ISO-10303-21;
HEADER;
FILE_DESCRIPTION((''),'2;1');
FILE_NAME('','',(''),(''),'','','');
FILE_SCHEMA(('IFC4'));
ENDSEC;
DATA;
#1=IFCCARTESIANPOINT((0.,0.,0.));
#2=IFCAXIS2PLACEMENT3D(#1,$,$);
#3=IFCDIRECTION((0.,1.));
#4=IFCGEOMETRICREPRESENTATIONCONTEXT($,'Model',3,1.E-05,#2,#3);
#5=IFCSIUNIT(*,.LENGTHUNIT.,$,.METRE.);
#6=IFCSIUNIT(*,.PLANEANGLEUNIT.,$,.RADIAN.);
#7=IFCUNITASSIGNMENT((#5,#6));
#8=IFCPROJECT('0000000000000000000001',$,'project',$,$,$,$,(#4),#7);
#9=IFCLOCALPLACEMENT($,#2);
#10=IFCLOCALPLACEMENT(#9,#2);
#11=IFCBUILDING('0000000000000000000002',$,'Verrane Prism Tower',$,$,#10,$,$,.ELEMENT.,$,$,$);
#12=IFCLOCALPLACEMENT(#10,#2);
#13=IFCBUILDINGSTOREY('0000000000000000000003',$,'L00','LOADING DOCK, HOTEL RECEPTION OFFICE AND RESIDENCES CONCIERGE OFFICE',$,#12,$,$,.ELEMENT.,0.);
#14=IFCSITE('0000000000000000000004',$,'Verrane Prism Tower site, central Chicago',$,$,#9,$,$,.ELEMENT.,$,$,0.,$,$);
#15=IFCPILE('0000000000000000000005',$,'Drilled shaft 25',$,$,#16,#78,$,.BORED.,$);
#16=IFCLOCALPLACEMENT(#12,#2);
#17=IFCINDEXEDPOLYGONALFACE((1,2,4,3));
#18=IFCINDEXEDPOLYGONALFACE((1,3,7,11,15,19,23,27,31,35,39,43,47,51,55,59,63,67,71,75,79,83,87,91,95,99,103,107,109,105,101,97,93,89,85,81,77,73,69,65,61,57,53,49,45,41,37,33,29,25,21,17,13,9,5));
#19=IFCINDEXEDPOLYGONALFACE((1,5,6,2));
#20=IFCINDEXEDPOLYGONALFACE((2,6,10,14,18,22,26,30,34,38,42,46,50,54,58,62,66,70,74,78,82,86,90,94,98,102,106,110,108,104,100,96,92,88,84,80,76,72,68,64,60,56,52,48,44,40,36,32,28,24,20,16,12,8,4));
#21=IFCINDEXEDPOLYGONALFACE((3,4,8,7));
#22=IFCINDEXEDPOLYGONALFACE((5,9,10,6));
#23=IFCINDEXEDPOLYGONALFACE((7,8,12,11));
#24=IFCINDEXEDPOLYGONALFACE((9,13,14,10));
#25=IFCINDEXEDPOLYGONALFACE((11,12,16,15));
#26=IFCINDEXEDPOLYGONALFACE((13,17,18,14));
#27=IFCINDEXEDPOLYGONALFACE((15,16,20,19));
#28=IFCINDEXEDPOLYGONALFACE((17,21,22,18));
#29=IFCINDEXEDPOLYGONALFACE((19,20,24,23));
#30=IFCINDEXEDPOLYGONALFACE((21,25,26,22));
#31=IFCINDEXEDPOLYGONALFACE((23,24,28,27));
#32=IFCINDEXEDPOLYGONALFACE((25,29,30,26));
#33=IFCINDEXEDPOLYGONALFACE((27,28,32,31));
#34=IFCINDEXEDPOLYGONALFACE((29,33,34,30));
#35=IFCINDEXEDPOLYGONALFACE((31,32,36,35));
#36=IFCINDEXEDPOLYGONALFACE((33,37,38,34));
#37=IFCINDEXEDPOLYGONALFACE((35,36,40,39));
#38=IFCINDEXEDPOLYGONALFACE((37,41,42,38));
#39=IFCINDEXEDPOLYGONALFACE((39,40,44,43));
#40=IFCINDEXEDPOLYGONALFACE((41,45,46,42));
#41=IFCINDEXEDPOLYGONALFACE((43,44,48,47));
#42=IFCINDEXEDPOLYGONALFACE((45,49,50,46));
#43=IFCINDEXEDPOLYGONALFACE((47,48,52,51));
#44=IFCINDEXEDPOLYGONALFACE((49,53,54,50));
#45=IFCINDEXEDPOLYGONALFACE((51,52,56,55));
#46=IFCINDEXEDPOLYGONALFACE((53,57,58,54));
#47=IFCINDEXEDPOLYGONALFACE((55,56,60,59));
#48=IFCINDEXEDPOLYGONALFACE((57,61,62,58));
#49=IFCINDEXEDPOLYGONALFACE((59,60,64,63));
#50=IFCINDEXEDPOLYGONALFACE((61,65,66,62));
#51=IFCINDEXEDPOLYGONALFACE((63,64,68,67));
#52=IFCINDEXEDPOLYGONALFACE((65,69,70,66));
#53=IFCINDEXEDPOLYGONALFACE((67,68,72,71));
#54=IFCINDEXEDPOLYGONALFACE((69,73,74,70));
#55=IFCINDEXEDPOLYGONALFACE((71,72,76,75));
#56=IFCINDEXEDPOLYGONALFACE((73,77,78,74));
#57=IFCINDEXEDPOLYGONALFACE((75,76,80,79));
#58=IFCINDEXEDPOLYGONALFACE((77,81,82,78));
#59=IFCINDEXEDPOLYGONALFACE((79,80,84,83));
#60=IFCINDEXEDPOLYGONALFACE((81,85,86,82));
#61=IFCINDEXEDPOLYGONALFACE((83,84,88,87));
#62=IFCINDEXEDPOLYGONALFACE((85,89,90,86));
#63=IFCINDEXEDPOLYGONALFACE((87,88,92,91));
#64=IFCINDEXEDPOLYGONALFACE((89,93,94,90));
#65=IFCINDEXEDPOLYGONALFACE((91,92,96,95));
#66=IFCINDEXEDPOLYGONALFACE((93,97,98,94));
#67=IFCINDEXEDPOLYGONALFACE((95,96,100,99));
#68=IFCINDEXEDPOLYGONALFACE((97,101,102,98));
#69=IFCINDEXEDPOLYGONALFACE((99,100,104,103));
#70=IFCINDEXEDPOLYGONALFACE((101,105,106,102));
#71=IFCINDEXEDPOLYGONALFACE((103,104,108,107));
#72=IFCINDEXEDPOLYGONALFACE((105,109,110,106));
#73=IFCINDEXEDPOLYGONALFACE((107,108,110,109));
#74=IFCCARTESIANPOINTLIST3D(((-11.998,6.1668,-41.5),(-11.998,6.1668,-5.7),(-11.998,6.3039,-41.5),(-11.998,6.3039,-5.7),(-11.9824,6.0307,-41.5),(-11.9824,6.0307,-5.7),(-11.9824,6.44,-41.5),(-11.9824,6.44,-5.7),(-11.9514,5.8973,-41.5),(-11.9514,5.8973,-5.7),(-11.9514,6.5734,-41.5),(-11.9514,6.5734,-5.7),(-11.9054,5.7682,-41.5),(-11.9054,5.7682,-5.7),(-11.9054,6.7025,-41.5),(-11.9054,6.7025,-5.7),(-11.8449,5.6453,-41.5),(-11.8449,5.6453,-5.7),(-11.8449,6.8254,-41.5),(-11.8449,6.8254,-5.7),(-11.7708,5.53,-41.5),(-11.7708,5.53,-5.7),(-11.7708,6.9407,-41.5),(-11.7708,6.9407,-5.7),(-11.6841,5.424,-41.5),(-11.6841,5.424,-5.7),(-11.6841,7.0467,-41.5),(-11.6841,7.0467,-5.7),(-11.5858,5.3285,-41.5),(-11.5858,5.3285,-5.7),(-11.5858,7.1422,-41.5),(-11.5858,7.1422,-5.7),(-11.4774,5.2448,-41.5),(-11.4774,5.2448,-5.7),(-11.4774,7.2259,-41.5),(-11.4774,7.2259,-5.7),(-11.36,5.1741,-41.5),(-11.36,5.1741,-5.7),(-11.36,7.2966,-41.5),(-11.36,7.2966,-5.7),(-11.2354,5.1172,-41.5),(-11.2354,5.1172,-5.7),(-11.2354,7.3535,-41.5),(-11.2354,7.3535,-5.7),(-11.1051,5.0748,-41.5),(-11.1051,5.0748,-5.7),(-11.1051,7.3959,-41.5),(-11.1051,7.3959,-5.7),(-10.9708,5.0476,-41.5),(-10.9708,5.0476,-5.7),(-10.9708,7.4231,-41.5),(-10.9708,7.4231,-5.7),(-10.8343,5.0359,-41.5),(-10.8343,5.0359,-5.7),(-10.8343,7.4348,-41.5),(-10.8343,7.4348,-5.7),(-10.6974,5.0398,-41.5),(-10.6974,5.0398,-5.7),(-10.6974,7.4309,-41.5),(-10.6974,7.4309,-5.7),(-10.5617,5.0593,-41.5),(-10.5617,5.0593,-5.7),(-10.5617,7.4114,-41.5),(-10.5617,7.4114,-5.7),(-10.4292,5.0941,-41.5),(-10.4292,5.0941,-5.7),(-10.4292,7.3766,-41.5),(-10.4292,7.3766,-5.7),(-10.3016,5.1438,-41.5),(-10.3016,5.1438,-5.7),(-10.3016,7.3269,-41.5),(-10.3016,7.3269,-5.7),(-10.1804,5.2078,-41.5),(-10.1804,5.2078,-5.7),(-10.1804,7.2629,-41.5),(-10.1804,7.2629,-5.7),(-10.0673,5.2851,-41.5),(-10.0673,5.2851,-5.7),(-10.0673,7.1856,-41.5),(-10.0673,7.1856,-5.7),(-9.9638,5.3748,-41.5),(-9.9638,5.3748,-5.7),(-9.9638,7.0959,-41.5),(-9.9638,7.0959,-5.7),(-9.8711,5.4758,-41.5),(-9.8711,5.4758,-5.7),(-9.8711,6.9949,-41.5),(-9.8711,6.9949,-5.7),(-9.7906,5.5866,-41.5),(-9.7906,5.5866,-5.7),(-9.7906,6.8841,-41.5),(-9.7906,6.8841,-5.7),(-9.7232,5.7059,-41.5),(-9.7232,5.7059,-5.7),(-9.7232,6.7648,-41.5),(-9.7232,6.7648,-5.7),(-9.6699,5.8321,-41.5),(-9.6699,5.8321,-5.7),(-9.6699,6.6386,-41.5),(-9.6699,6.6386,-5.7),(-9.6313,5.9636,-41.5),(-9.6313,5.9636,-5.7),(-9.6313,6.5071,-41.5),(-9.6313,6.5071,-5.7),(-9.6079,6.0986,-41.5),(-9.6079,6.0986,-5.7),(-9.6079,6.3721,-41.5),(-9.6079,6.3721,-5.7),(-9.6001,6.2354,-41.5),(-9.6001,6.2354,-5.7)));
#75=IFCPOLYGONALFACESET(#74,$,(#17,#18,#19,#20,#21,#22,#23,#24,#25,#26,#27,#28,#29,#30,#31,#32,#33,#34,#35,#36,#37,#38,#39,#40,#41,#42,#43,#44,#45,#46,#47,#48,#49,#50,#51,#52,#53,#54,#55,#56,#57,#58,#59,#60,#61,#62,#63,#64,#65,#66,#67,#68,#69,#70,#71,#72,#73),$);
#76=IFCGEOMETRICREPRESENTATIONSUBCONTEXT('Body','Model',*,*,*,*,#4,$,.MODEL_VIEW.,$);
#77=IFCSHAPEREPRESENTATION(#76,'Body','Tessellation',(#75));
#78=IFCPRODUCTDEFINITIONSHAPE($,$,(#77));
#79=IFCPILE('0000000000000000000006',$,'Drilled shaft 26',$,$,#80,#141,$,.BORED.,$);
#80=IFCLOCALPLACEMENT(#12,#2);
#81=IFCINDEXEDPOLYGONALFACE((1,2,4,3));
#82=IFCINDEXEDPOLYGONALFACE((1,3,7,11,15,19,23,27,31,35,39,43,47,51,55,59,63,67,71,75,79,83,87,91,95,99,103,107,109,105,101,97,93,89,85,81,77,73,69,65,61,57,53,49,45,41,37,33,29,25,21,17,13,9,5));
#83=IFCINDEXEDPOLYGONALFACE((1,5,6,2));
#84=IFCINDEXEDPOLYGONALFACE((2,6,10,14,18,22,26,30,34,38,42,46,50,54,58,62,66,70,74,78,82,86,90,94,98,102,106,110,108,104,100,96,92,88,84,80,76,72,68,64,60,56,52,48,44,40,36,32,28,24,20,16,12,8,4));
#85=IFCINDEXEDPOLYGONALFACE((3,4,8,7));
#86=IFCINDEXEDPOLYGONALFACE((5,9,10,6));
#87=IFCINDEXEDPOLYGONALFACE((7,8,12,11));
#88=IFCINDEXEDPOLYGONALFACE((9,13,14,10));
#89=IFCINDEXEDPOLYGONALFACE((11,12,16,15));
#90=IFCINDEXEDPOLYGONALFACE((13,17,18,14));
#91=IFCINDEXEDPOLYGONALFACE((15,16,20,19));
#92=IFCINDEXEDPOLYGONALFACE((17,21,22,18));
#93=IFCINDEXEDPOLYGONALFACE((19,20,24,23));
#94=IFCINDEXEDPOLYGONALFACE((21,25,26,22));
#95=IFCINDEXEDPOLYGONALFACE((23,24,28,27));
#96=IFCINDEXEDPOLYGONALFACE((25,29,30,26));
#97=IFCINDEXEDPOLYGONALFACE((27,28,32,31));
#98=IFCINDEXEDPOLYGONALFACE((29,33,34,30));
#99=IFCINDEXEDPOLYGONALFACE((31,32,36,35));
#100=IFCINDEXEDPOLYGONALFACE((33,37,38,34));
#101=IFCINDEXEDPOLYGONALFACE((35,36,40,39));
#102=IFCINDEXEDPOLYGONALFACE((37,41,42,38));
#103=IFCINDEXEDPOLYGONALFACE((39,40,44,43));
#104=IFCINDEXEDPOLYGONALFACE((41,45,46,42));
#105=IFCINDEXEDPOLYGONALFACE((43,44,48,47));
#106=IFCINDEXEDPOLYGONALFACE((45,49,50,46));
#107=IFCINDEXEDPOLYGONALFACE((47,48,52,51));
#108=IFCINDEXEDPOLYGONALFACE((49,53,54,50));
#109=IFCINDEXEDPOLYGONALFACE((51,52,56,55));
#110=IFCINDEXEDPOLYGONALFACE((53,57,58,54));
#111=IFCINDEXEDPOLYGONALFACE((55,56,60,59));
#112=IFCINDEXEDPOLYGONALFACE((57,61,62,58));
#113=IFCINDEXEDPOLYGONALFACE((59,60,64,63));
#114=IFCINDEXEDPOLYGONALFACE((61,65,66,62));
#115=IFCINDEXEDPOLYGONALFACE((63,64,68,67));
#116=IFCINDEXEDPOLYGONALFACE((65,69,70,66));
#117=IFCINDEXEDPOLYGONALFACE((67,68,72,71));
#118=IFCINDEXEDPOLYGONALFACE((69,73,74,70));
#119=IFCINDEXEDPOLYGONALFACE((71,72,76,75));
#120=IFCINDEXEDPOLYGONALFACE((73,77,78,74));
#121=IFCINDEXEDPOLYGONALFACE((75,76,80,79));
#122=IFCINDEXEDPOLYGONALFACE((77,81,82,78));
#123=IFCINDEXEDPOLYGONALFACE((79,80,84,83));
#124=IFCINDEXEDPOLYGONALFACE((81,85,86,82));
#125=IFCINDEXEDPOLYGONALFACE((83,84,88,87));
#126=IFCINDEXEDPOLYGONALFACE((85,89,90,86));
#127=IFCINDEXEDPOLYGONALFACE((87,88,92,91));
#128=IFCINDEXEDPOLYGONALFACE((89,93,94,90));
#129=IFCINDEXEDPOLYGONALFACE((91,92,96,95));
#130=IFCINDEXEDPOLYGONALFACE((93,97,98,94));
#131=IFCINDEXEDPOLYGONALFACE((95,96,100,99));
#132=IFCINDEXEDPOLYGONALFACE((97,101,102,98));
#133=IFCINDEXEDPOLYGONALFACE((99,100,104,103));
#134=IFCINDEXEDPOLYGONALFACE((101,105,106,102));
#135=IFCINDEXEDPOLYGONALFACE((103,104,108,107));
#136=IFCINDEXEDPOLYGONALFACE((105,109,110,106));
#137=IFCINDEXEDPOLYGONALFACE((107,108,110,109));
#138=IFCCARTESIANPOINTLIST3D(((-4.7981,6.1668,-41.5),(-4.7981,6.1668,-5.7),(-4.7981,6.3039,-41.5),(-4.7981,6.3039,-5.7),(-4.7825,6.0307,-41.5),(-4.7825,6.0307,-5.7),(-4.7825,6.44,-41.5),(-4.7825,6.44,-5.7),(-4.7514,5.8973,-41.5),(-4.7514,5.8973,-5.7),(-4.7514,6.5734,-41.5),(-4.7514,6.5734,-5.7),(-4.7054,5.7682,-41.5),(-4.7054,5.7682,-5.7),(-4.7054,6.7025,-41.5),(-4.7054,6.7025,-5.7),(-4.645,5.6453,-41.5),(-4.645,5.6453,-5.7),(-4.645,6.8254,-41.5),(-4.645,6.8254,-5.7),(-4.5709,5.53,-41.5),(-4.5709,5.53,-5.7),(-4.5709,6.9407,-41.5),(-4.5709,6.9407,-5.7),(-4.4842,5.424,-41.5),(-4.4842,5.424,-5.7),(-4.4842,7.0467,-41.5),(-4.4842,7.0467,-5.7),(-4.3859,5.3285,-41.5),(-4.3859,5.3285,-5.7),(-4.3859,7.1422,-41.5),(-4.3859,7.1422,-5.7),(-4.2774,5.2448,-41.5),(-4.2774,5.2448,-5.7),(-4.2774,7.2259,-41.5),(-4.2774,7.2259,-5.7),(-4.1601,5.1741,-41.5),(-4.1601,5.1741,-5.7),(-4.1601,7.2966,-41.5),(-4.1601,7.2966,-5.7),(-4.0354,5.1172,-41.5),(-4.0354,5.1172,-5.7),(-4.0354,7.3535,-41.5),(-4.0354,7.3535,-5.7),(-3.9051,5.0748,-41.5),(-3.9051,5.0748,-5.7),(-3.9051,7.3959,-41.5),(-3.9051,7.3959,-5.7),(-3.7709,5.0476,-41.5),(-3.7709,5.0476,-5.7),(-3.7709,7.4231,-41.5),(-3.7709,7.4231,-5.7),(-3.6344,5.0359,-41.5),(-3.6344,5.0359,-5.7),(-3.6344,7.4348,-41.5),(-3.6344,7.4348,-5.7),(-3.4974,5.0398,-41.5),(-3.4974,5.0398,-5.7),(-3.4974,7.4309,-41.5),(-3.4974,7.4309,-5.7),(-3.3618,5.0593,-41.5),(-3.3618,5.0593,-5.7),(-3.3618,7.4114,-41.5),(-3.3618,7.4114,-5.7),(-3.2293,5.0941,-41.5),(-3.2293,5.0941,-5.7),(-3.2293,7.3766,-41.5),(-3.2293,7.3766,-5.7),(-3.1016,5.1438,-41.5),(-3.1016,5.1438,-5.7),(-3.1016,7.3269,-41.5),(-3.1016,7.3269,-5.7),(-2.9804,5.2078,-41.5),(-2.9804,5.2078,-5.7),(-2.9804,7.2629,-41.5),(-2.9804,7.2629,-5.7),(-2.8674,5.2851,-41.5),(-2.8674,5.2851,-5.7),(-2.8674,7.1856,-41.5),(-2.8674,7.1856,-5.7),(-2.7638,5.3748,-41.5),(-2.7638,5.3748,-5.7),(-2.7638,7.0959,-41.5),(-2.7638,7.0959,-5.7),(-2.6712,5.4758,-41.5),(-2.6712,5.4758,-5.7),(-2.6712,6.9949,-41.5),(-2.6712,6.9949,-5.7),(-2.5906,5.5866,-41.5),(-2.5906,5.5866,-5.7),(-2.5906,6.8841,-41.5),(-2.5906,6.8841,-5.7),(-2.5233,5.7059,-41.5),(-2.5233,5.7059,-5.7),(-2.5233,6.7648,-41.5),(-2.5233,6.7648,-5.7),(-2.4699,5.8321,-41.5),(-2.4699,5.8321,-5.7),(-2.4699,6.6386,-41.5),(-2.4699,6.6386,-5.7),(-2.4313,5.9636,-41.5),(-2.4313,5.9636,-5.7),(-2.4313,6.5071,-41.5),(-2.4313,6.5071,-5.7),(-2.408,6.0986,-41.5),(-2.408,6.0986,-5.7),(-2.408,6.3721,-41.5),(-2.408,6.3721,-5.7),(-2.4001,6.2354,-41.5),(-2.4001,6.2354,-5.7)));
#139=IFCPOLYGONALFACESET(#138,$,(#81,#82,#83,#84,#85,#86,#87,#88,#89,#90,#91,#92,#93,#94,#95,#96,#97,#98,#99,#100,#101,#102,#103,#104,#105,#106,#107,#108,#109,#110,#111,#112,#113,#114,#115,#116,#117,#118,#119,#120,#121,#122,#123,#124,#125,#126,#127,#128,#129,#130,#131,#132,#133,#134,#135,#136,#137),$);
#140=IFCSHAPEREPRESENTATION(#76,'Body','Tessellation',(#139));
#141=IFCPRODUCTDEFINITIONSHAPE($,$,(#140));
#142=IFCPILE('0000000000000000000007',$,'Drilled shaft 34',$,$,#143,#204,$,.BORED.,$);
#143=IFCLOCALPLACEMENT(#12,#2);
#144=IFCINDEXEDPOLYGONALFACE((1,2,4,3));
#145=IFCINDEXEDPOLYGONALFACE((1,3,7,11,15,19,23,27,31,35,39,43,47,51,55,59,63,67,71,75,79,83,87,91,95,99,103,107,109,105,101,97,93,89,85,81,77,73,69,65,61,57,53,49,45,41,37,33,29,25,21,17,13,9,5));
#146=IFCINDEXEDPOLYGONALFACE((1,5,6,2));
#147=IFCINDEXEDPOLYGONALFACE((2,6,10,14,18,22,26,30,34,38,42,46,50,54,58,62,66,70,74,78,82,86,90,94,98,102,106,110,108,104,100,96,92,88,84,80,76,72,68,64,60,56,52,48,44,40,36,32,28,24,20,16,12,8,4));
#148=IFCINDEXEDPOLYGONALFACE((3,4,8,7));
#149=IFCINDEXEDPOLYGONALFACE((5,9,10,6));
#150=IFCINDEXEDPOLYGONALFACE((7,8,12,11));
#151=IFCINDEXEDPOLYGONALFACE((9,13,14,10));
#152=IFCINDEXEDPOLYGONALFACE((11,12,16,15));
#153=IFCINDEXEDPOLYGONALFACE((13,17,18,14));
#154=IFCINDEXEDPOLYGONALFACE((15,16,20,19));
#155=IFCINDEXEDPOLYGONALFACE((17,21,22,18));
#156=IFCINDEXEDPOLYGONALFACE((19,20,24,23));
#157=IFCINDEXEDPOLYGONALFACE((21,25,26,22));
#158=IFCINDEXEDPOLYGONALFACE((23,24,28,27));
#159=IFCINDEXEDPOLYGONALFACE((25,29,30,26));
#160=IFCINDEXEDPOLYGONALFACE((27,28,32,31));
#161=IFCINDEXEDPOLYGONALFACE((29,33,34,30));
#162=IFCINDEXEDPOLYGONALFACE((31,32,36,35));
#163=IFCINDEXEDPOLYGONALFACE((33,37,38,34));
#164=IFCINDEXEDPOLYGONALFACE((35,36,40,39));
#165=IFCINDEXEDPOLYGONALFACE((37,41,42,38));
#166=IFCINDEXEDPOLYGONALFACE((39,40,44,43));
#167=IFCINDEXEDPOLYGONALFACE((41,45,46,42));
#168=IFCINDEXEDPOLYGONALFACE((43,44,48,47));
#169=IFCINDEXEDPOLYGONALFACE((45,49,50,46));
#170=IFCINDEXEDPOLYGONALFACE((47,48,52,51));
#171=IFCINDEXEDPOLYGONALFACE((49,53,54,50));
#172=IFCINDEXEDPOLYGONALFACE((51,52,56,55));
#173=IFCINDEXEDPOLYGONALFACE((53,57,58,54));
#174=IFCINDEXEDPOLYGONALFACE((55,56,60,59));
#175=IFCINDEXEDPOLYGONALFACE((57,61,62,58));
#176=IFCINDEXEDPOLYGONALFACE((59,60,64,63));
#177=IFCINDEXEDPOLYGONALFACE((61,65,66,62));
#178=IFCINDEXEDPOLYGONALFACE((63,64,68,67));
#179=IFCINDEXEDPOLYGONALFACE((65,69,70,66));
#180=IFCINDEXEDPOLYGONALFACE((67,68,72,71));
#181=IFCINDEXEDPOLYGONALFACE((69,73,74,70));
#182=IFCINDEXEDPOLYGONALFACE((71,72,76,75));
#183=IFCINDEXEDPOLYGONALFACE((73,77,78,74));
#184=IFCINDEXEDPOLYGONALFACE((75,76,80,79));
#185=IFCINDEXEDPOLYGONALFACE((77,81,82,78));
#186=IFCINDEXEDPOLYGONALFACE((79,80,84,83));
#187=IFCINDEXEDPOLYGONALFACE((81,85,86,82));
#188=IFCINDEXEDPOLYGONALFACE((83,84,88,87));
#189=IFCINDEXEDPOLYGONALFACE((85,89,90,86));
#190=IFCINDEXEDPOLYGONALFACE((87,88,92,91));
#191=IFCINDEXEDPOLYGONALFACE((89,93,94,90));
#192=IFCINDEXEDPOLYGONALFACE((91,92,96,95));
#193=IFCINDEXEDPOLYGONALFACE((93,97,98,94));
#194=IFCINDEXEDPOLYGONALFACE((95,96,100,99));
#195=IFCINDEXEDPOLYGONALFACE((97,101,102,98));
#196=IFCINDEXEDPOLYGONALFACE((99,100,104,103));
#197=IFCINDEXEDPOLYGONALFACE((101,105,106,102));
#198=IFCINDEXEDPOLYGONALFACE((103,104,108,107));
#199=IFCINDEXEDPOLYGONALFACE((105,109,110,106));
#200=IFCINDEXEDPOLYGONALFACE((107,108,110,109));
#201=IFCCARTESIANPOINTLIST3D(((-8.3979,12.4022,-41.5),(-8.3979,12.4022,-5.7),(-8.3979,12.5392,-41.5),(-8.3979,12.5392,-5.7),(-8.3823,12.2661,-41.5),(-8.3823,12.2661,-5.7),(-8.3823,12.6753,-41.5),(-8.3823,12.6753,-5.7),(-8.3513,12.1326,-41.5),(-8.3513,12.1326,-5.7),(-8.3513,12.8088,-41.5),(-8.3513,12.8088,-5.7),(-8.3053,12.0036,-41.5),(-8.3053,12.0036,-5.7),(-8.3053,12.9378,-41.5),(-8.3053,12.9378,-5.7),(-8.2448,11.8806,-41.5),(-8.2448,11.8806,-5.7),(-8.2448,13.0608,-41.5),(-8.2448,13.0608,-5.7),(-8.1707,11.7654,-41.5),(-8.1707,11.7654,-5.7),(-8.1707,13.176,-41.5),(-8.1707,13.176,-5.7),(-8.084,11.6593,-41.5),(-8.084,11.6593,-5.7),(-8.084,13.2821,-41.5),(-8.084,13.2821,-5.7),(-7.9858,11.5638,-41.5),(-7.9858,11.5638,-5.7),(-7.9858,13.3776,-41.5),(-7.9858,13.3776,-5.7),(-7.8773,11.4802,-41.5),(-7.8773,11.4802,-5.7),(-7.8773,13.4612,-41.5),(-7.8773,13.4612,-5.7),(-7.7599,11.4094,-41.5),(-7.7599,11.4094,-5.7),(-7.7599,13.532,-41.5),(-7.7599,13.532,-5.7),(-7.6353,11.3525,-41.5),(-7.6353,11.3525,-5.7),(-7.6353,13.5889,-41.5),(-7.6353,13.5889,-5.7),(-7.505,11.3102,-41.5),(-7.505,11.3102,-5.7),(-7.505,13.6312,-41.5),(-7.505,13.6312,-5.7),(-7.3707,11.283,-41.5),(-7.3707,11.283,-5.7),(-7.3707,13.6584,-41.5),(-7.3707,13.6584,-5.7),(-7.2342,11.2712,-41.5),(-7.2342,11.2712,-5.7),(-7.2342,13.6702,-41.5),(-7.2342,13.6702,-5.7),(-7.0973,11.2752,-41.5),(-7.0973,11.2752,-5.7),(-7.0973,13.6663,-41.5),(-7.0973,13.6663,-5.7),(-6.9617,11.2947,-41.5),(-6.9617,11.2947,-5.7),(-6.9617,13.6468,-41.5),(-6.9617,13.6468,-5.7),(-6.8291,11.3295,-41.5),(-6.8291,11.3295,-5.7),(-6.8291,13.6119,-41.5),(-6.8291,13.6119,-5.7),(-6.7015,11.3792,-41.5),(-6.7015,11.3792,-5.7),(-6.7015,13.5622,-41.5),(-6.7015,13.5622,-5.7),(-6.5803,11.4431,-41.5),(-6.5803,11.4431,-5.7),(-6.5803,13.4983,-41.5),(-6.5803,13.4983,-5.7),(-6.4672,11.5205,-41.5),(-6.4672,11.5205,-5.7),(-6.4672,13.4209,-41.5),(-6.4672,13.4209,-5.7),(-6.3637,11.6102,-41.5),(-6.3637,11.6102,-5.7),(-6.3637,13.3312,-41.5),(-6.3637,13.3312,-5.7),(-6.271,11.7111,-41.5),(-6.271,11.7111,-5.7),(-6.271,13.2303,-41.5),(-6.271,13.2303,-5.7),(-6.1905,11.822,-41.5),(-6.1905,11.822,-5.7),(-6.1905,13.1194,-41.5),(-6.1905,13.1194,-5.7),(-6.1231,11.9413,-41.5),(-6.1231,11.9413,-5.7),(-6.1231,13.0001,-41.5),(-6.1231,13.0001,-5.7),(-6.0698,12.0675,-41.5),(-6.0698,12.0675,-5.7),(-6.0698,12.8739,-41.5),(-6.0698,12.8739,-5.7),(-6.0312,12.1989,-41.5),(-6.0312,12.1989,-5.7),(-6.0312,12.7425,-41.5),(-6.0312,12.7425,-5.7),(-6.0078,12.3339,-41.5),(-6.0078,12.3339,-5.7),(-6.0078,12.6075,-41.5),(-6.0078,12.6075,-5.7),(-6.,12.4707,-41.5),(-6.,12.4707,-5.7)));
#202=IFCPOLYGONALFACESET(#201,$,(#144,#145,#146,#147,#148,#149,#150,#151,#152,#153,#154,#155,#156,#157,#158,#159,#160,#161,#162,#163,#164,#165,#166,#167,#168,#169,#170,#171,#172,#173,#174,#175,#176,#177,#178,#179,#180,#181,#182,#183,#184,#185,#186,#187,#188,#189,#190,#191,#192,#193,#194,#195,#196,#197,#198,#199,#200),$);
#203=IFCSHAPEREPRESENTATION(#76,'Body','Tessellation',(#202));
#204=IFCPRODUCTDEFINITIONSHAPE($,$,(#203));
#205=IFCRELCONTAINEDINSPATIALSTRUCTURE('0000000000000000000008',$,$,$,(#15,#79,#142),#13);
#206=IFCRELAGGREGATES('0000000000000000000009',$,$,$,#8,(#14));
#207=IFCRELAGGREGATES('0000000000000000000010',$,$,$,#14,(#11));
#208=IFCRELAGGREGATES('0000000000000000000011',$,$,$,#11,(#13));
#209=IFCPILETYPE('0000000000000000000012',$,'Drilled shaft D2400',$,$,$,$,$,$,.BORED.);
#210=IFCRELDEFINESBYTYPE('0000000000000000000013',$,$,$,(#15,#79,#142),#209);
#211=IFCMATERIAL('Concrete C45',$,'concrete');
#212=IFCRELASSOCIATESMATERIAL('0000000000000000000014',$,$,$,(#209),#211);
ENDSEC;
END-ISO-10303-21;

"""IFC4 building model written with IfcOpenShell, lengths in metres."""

from ifc_helpers import new_model, si_unit, direction, frame, origin, origin_2d, place, context, subcontext, project, spatial, circle, extrude, material, type_object, element, save


model = new_model("IFC4")

# Units and contexts
model_context = context("Model", 3, precision=1e-05, world=origin(), true_north=direction((0.0, 1.0)))
body_context = subcontext(model_context, "Body", "Model", "MODEL_VIEW")
ifc_project = project(units=[si_unit("LENGTHUNIT", "METRE"), si_unit("PLANEANGLEUNIT", "RADIAN")], contexts=[model_context])

# Site, building, storey
site_placement = place(None, origin())
site = spatial("IfcSite", under=ifc_project, at=site_placement, Name="Verrane Prism Tower site, central Chicago", CompositionType="ELEMENT", RefElevation=0.0)
building_placement = place(site_placement, origin())
building = spatial("IfcBuilding", under=site, at=building_placement, Name="Verrane Prism Tower", CompositionType="ELEMENT")
storey_placement = place(building_placement, origin())
storey = spatial("IfcBuildingStorey", under=building, at=storey_placement, Name="L00", Description="LOADING DOCK, HOTEL RECEPTION OFFICE AND RESIDENCES CONCIERGE OFFICE", CompositionType="ELEMENT", Elevation=0.0)

# Piles
ifc_material_1 = material(Name="Concrete C45", Category="concrete")
pile_type = type_object("IfcPileType", Name="Drilled shaft D2400", PredefinedType="BORED", material=ifc_material_1)
for number, where, z_axis, x_axis, name in (
    (1, (-10.8, 6.2354, -5.7), (0.0, 0.0, -1.0), (1.0, 0.0, 0.0), "Drilled shaft 25"),
    (2, (-3.6001, 6.2354, -5.7), (0.0, 0.0, -1.0), (1.0, 0.0, 0.0), "Drilled shaft 26"),
    (3, (-7.2, 12.4707, -5.7), (0.0, 0.0, -1.0), (1.0, 0.0, 0.0), "Drilled shaft 34"),
):
    element("IfcPile", number, at=place(storey_placement, frame(where, z_axis=z_axis, x_axis=x_axis)), inside=storey, type_object=pile_type, Name=name, PredefinedType="BORED", context=body_context, shape_type="SweptSolid", body=[
        extrude(circle(Radius=1.2, at=origin_2d()), origin(), (0.0, 0.0, 1.0), 35.8),
    ])

save(model, "model.ifc")
